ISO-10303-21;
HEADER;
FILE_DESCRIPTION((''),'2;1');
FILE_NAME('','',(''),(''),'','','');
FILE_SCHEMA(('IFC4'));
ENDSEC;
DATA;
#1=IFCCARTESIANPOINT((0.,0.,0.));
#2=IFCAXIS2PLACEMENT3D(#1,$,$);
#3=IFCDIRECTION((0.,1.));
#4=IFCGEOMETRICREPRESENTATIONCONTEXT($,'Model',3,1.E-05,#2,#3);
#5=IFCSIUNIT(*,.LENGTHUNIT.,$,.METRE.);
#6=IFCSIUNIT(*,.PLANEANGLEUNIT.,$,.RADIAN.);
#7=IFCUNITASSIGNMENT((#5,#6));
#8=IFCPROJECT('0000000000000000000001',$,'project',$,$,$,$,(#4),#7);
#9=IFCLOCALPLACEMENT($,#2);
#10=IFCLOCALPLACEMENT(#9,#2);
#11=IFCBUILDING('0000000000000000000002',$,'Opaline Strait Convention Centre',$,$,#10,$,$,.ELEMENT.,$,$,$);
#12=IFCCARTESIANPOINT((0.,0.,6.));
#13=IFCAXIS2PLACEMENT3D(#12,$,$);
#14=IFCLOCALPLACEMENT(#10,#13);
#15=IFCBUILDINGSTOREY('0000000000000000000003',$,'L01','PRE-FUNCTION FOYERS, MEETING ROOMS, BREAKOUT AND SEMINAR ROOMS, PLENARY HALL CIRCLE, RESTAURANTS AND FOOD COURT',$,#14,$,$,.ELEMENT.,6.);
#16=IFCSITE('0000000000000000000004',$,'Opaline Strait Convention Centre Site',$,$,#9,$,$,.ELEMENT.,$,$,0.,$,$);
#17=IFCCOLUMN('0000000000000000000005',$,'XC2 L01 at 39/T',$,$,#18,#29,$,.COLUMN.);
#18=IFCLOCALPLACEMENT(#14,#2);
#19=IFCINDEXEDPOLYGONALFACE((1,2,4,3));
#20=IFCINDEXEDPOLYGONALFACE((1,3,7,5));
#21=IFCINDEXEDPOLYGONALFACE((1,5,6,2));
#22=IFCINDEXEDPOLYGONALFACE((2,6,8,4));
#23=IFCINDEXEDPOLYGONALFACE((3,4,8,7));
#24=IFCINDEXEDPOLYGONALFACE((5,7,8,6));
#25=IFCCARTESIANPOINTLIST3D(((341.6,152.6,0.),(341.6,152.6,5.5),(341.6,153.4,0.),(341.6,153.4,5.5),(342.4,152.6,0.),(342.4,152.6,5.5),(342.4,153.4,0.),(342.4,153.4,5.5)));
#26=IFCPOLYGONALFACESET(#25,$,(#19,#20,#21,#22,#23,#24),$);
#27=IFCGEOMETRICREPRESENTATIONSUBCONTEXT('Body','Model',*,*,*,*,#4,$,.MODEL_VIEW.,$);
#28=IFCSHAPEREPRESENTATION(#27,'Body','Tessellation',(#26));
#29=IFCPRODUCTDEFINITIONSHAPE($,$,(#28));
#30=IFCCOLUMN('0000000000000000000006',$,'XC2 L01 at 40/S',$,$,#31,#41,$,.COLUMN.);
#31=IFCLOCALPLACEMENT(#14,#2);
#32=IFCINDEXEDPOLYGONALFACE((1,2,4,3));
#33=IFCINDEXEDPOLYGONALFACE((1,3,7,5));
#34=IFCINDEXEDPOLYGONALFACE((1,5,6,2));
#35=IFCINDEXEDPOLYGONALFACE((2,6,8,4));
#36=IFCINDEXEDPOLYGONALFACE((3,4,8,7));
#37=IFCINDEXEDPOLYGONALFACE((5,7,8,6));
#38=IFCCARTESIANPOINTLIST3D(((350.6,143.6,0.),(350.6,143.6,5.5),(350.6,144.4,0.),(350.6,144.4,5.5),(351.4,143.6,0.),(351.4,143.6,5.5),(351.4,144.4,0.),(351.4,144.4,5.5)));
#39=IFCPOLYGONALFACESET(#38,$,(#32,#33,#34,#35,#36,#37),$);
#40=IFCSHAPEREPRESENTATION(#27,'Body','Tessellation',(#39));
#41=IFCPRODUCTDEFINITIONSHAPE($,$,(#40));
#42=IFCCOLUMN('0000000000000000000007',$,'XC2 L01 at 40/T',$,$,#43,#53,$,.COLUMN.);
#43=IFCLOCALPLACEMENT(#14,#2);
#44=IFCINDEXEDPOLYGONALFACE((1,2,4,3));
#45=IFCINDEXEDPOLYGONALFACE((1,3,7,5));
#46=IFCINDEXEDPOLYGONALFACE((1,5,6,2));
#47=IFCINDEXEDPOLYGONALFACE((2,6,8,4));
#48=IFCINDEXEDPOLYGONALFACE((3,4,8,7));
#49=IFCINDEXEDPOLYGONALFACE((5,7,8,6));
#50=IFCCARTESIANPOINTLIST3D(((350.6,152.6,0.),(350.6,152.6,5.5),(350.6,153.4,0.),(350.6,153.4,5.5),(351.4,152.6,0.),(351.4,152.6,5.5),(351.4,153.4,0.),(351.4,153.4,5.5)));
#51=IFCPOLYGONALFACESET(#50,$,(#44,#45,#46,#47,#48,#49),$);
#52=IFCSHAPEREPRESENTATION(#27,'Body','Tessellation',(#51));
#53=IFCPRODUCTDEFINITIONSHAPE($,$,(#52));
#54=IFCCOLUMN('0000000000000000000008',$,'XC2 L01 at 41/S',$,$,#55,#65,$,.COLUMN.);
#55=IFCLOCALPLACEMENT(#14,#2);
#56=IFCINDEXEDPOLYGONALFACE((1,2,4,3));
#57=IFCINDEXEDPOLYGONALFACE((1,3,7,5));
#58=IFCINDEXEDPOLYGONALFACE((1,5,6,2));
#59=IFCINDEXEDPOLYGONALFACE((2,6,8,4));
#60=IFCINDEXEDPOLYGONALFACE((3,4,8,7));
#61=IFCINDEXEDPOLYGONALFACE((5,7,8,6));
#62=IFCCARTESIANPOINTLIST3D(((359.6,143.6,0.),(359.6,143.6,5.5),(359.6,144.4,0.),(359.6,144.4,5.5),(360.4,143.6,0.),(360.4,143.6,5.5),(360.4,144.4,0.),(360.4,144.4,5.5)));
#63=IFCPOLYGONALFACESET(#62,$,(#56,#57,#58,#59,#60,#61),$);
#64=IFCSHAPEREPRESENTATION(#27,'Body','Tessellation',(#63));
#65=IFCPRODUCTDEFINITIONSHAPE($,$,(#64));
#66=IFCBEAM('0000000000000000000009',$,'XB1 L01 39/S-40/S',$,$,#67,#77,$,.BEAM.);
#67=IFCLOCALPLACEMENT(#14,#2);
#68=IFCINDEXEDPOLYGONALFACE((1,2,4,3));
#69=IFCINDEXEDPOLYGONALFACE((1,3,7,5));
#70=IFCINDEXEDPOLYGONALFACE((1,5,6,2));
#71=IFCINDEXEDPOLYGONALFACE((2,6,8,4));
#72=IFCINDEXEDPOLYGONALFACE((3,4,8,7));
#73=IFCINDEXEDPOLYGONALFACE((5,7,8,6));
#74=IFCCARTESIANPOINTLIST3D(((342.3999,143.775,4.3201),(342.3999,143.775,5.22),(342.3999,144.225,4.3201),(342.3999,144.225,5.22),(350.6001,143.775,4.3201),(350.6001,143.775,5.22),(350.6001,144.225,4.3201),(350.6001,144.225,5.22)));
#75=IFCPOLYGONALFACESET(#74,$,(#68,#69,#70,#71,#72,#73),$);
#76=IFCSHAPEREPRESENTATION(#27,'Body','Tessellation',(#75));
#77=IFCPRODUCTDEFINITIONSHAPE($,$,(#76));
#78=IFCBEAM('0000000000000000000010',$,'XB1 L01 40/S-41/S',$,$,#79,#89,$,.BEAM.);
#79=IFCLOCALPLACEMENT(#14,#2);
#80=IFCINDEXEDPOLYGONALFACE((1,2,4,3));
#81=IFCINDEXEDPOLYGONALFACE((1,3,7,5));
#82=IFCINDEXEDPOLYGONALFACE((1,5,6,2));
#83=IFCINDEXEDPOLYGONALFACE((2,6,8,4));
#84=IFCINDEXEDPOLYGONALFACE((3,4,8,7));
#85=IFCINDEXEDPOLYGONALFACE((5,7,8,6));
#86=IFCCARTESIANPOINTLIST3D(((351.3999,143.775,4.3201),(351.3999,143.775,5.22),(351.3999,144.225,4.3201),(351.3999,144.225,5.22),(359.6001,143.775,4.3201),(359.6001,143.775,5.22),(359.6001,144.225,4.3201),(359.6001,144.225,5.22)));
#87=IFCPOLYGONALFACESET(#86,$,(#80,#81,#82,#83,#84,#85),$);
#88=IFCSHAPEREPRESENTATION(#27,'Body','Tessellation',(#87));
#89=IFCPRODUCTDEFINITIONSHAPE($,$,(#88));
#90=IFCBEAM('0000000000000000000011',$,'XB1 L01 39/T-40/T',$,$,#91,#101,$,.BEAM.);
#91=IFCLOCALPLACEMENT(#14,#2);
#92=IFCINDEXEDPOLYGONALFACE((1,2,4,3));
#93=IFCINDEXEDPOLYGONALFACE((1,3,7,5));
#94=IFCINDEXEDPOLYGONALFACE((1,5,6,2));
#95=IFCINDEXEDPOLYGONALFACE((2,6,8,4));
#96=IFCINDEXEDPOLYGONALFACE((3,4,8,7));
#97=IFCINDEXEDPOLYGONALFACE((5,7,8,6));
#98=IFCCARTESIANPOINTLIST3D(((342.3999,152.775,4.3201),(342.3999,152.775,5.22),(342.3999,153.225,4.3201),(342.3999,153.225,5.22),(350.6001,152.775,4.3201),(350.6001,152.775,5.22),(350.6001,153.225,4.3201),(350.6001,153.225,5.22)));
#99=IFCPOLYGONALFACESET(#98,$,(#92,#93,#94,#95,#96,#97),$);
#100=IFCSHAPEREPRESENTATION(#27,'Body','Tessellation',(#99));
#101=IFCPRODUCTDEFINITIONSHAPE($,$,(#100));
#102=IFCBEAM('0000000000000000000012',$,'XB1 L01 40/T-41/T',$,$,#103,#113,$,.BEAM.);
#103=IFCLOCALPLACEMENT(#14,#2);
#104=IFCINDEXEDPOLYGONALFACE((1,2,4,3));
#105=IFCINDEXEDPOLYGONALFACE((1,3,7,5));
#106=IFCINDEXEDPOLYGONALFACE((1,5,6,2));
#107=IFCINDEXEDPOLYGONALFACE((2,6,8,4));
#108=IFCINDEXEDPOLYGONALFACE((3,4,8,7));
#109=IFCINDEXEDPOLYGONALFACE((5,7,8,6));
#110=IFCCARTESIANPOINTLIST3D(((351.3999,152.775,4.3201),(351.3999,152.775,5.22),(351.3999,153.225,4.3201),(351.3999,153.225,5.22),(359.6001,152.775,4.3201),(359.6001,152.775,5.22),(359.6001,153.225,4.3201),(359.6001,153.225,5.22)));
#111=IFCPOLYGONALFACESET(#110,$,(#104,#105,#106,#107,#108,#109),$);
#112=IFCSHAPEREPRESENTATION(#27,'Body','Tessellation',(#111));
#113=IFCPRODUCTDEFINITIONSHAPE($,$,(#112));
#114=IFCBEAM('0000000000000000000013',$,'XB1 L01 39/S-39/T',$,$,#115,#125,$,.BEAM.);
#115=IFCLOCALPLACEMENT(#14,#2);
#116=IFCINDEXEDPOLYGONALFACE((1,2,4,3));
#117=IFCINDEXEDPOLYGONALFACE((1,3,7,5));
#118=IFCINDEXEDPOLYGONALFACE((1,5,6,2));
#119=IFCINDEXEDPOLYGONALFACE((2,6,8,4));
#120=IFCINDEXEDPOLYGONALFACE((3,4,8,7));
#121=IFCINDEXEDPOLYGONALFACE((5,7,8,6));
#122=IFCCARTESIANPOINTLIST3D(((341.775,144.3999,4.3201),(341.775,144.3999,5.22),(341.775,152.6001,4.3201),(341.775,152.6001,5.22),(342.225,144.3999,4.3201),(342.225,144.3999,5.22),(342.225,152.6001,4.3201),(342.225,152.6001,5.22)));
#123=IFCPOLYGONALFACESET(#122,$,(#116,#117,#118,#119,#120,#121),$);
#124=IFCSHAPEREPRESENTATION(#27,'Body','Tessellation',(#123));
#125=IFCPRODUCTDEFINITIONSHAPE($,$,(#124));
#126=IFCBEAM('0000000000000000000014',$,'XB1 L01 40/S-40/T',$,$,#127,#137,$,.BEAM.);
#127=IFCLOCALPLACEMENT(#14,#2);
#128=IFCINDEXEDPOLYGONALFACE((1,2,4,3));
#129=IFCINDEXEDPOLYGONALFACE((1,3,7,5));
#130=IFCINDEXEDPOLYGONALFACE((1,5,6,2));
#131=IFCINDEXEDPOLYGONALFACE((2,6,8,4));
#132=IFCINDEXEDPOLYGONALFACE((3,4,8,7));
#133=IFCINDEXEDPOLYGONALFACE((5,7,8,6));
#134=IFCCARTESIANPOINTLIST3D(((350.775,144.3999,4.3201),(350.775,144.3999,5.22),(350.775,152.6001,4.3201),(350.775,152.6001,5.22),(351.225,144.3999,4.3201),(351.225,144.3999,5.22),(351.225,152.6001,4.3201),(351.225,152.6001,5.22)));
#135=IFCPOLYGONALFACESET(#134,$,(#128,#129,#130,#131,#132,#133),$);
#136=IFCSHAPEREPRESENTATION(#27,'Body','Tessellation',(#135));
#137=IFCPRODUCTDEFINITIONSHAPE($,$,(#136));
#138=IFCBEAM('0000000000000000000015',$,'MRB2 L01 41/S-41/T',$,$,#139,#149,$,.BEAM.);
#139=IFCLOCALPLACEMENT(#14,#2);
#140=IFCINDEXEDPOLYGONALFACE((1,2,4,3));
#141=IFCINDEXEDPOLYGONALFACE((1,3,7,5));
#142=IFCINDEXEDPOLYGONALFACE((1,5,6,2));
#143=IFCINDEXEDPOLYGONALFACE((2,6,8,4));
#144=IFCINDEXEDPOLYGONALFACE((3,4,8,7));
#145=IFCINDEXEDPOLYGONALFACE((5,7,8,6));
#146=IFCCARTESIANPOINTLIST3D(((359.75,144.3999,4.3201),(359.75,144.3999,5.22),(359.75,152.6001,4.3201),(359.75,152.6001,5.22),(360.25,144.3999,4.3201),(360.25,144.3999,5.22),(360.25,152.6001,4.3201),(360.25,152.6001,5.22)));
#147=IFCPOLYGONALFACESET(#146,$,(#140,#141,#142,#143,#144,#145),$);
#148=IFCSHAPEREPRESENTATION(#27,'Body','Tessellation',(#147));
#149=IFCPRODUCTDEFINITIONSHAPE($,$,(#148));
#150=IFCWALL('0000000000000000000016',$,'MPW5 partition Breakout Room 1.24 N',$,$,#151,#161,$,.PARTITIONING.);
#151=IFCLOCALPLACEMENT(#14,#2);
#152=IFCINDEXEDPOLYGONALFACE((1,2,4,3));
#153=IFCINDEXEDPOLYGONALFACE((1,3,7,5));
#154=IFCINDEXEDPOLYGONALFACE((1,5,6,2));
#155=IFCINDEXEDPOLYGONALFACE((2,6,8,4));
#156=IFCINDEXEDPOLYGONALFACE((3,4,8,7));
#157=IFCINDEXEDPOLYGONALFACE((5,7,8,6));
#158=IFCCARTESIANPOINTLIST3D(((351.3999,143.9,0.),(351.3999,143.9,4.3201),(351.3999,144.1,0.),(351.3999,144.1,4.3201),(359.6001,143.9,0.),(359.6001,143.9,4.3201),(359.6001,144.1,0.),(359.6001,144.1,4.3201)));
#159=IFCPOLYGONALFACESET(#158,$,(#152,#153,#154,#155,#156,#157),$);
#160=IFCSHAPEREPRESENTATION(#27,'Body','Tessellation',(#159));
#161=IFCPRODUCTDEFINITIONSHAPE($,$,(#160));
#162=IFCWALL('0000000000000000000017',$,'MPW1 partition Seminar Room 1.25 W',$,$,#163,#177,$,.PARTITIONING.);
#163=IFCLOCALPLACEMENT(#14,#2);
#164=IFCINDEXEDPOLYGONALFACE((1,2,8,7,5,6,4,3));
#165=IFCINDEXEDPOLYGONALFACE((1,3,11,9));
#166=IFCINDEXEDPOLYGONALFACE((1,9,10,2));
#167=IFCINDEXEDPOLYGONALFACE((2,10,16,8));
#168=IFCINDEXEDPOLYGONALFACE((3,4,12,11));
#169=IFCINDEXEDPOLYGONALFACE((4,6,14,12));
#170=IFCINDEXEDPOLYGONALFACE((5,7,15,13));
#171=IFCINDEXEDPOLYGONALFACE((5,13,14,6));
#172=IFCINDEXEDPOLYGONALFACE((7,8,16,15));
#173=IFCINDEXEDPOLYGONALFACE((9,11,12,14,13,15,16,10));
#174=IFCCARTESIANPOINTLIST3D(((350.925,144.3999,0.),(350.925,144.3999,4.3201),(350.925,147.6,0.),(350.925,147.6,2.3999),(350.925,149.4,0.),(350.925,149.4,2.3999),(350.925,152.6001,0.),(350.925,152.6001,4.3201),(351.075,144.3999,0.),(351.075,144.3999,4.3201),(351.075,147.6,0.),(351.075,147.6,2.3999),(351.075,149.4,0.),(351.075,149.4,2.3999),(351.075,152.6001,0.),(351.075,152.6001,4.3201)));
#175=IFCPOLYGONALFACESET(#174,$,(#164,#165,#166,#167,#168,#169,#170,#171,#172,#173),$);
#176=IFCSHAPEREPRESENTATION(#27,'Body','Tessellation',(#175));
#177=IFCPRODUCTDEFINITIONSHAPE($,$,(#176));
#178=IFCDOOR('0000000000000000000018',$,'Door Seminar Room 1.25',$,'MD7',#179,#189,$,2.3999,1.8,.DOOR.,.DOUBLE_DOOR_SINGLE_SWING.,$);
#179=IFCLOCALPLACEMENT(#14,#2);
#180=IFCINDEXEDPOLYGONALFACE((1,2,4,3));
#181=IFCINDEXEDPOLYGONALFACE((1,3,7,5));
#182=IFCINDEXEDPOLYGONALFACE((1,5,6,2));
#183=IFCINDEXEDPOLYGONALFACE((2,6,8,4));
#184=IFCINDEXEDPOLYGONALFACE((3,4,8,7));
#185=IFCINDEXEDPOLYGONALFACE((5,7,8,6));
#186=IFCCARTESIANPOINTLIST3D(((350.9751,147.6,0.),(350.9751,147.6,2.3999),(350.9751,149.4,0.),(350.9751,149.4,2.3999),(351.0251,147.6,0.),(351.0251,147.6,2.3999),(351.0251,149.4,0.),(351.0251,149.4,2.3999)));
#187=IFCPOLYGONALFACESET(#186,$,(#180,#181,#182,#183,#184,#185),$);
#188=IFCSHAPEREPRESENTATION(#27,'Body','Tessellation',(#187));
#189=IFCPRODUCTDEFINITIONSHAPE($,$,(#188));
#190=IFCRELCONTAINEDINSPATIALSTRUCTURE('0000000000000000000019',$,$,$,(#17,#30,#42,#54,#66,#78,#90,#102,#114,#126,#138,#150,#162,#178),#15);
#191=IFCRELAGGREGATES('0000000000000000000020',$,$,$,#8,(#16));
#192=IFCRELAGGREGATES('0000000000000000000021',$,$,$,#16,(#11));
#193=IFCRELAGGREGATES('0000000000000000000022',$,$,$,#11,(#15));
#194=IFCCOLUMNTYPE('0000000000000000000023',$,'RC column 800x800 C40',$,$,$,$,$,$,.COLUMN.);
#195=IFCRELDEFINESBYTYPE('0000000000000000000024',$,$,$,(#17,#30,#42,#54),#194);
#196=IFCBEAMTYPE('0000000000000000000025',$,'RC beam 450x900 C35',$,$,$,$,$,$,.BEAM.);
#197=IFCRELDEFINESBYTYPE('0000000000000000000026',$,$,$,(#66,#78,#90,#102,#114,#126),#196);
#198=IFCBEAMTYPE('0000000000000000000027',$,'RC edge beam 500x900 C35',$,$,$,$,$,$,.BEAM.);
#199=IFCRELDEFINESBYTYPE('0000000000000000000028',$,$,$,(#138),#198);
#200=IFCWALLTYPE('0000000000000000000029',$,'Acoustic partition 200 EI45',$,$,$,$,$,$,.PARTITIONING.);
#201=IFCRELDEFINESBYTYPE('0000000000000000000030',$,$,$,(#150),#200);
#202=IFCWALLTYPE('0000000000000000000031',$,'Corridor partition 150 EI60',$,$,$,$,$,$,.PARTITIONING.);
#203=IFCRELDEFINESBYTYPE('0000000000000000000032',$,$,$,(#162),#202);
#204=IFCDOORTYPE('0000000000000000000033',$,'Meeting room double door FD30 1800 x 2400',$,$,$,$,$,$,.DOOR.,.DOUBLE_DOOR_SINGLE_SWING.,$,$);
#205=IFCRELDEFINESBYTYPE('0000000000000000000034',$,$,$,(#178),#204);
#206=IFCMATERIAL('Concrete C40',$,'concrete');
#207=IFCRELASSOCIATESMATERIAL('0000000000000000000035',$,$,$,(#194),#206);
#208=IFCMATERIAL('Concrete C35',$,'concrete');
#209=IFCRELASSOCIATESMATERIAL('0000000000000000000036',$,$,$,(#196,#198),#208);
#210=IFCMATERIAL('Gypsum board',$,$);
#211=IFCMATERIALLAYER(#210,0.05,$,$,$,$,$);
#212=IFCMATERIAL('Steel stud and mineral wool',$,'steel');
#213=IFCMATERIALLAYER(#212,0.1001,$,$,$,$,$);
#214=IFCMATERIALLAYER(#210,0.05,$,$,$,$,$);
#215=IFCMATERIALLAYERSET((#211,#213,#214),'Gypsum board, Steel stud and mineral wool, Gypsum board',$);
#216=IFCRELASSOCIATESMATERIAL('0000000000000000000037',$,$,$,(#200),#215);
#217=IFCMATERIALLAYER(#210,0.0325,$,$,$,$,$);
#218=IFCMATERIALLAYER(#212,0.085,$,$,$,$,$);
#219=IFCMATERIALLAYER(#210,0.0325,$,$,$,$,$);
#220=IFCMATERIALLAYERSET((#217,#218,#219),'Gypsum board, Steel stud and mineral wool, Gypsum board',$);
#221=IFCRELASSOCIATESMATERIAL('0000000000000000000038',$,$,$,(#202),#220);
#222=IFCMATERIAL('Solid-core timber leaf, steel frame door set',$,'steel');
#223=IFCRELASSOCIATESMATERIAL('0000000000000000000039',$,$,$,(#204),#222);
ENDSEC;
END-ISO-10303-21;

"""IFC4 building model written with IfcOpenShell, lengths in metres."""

from ifc_helpers import new_model, si_unit, direction, frame, frame_2d, origin, origin_2d, place, context, subcontext, project, spatial, rectangle, extrude, material, layer, layer_set, material_profile, profile_set, type_object, element, fill, save


model = new_model("IFC4")

# Units and contexts
model_context = context("Model", 3, precision=1e-05, world=origin(), true_north=direction((0.0, 1.0)))
body_context = subcontext(model_context, "Body", "Model", "MODEL_VIEW")
ifc_project = project(units=[si_unit("LENGTHUNIT", "METRE"), si_unit("PLANEANGLEUNIT", "RADIAN")], contexts=[model_context])

# Site, building, storey
site_placement = place(None, origin())
site = spatial("IfcSite", under=ifc_project, at=site_placement, Name="Opaline Strait Convention Centre Site", CompositionType="ELEMENT", RefElevation=0.0)
building_placement = place(site_placement, origin())
building = spatial("IfcBuilding", under=site, at=building_placement, Name="Opaline Strait Convention Centre", CompositionType="ELEMENT")
storey_placement = place(building_placement, frame((0.0, 0.0, 6.0)))
storey = spatial("IfcBuildingStorey", under=building, at=storey_placement, Name="L01", Description="PRE-FUNCTION FOYERS, MEETING ROOMS, BREAKOUT AND SEMINAR ROOMS, PLENARY HALL CIRCLE, RESTAURANTS AND FOOD COURT", CompositionType="ELEMENT", Elevation=6.0)

# Columns
ifc_material_1 = material(Name="Concrete C40", Category="concrete")
ifc_material_profile_1 = material_profile(ifc_material_1, rectangle(XDim=0.8, YDim=0.8, at=origin_2d()), Name="RC 800x800")
ifc_profile_set_1 = profile_set([ifc_material_profile_1], Name="Concrete C40")
column_type = type_object("IfcColumnType", Name="RC column 800x800 C40", PredefinedType="COLUMN", material=ifc_profile_set_1)
for number, where, z_axis, x_axis, name in (
    (1, (342.0, 153.0, 0.0), (0.0, 0.0, 1.0), (1.0, 0.0, 0.0), "XC2 L01 at 39/T"),
    (2, (351.0, 144.0, 0.0), (0.0, 0.0, 1.0), (1.0, 0.0, 0.0), "XC2 L01 at 40/S"),
    (3, (351.0, 153.0, 0.0), (0.0, 0.0, 1.0), (1.0, 0.0, 0.0), "XC2 L01 at 40/T"),
    (4, (360.0, 144.0, 0.0), (0.0, 0.0, 1.0), (1.0, 0.0, 0.0), "XC2 L01 at 41/S"),
):
    element("IfcColumn", number, at=place(storey_placement, frame(where, z_axis=z_axis, x_axis=x_axis)), inside=storey, type_object=column_type, Name=name, PredefinedType="COLUMN", context=body_context, shape_type="SweptSolid", body=[
        extrude(rectangle(XDim=0.8, YDim=0.8, at=origin_2d()), origin(), (0.0, 0.0, 1.0), 5.5),
    ])

# Beams
ifc_material_2 = material(Name="Concrete C35", Category="concrete")
ifc_material_profile_2 = material_profile(ifc_material_2, rectangle(XDim=0.45, YDim=0.8999, at=origin_2d()), Name="RC 450x900")
ifc_profile_set_2 = profile_set([ifc_material_profile_2], Name="Concrete C35")
beam_type_1 = type_object("IfcBeamType", Name="RC beam 450x900 C35", PredefinedType="BEAM", material=ifc_profile_set_2)
for number, where, z_axis, x_axis, name in (
    (5, (342.3999, 144.0, 4.77), (1.0, 0.0, 0.0), (0.0, 1.0, 0.0), "XB1 L01 39/S-40/S"),
    (6, (351.3999, 144.0, 4.77), (1.0, 0.0, 0.0), (0.0, 1.0, 0.0), "XB1 L01 40/S-41/S"),
    (7, (342.3999, 153.0, 4.77), (1.0, 0.0, 0.0), (0.0, 1.0, 0.0), "XB1 L01 39/T-40/T"),
    (8, (351.3999, 153.0, 4.77), (1.0, 0.0, 0.0), (0.0, 1.0, 0.0), "XB1 L01 40/T-41/T"),
    (9, (342.0, 144.3999, 4.77), (0.0, 1.0, 0.0), (-1.0, 0.0, 0.0), "XB1 L01 39/S-39/T"),
    (10, (351.0, 144.3999, 4.77), (0.0, 1.0, 0.0), (-1.0, 0.0, 0.0), "XB1 L01 40/S-40/T"),
):
    element("IfcBeam", number, at=place(storey_placement, frame(where, z_axis=z_axis, x_axis=x_axis)), inside=storey, type_object=beam_type_1, Name=name, PredefinedType="BEAM", context=body_context, shape_type="SweptSolid", body=[
        extrude(rectangle(XDim=0.45, YDim=0.8999, at=origin_2d()), origin(), (0.0, 0.0, 1.0), 8.2002),
    ])
ifc_material_profile_3 = material_profile(ifc_material_2, rectangle(XDim=0.5, YDim=0.8999, at=origin_2d()), Name="RC 500x900")
ifc_profile_set_3 = profile_set([ifc_material_profile_3], Name="Concrete C35")
beam_type_2 = type_object("IfcBeamType", Name="RC edge beam 500x900 C35", PredefinedType="BEAM", material=ifc_profile_set_3)
beam_placement = place(storey_placement, frame((360.0, 144.3999, 4.77), z_axis=(0.0, 1.0, 0.0), x_axis=(-1.0, 0.0, 0.0)))
element("IfcBeam", 11, at=beam_placement, inside=storey, type_object=beam_type_2, Name="MRB2 L01 41/S-41/T", PredefinedType="BEAM", context=body_context, shape_type="SweptSolid", body=[
    extrude(rectangle(XDim=0.5, YDim=0.8999, at=origin_2d()), origin(), (0.0, 0.0, 1.0), 8.2002),
])

# Wall
ifc_material_3 = material(Name="Gypsum board")
ifc_layer_1 = layer(ifc_material_3, 0.05)
ifc_material_4 = material(Name="Steel stud and mineral wool", Category="steel")
ifc_layer_2 = layer(ifc_material_4, 0.1001)
ifc_layer_3 = layer(ifc_material_3, 0.05)
ifc_layer_set_1 = layer_set([ifc_layer_1, ifc_layer_2, ifc_layer_3], Name="Gypsum board, Steel stud and mineral wool, Gypsum board")
wall_type_1 = type_object("IfcWallType", Name="Acoustic partition 200 EI45", PredefinedType="PARTITIONING", material=ifc_layer_set_1)
wall_1_placement = place(storey_placement, frame((351.3999, 144.0, 0.0), z_axis=(0.0, 0.0, 1.0), x_axis=(1.0, 0.0, 0.0)))
element("IfcWall", 12, at=wall_1_placement, inside=storey, type_object=wall_type_1, Name="MPW5 partition Breakout Room 1.24 N", PredefinedType="PARTITIONING", context=body_context, shape_type="SweptSolid", body=[
    extrude(rectangle(XDim=8.2002, YDim=0.2, at=frame_2d((4.1001, 0.0))), origin(), (0.0, 0.0, 1.0), 4.3201),
])

# Wall, opening, door
ifc_layer_4 = layer(ifc_material_3, 0.0325)
ifc_layer_5 = layer(ifc_material_4, 0.085)
ifc_layer_6 = layer(ifc_material_3, 0.0325)
ifc_layer_set_2 = layer_set([ifc_layer_4, ifc_layer_5, ifc_layer_6], Name="Gypsum board, Steel stud and mineral wool, Gypsum board")
wall_type_2 = type_object("IfcWallType", Name="Corridor partition 150 EI60", PredefinedType="PARTITIONING", material=ifc_layer_set_2)
wall_2_placement = place(storey_placement, frame((351.0, 144.3999, 0.0), z_axis=(0.0, 0.0, 1.0), x_axis=(0.0, 1.0, 0.0)))
wall_2 = element("IfcWall", 13, at=wall_2_placement, inside=storey, type_object=wall_type_2, Name="MPW1 partition Seminar Room 1.25 W", PredefinedType="PARTITIONING", context=body_context, shape_type="SweptSolid", body=[
    extrude(rectangle(XDim=8.2002, YDim=0.1499, at=frame_2d((4.1001, 0.0))), origin(), (0.0, 0.0, 1.0), 4.3201),
])
opening_1_placement = place(wall_2_placement, frame((3.2002, 0.0, 0.0)))
opening_1 = element("IfcOpeningElement", 14, at=opening_1_placement, cuts=wall_2, PredefinedType="OPENING", context=body_context, shape_type="SweptSolid", body=[
    extrude(rectangle(XDim=1.8, YDim=2.3999, at=frame_2d((0.8999, 1.2))), frame((0.0, 0.085, 0.0), z_axis=(0.0, -1.0, 0.0), x_axis=(1.0, 0.0, 0.0)), (0.0, 0.0, 1.0), 0.1699),
])
ifc_material_5 = material(Name="Solid-core timber leaf, steel frame door set", Category="steel")
door_type = type_object("IfcDoorType", Name="Meeting room double door FD30 1800 x 2400", OperationType="DOUBLE_DOOR_SINGLE_SWING", PredefinedType="DOOR", material=ifc_material_5)
door_placement = place(opening_1_placement, origin())
door = element("IfcDoor", 15, at=door_placement, inside=storey, type_object=door_type, Name="Door Seminar Room 1.25", ObjectType="MD7", OperationType="DOUBLE_DOOR_SINGLE_SWING", OverallHeight=2.3999, OverallWidth=1.8, PredefinedType="DOOR", context=body_context, shape_type="SweptSolid", body=[
    extrude(rectangle(XDim=1.8, YDim=2.3999, at=frame_2d((0.8999, 1.2))), frame((0.0, 0.0249, 0.0), z_axis=(0.0, -1.0, 0.0), x_axis=(1.0, 0.0, 0.0)), (0.0, 0.0, 1.0), 0.05),
])
fill(opening_1, door)

save(model, "model.ifc")
